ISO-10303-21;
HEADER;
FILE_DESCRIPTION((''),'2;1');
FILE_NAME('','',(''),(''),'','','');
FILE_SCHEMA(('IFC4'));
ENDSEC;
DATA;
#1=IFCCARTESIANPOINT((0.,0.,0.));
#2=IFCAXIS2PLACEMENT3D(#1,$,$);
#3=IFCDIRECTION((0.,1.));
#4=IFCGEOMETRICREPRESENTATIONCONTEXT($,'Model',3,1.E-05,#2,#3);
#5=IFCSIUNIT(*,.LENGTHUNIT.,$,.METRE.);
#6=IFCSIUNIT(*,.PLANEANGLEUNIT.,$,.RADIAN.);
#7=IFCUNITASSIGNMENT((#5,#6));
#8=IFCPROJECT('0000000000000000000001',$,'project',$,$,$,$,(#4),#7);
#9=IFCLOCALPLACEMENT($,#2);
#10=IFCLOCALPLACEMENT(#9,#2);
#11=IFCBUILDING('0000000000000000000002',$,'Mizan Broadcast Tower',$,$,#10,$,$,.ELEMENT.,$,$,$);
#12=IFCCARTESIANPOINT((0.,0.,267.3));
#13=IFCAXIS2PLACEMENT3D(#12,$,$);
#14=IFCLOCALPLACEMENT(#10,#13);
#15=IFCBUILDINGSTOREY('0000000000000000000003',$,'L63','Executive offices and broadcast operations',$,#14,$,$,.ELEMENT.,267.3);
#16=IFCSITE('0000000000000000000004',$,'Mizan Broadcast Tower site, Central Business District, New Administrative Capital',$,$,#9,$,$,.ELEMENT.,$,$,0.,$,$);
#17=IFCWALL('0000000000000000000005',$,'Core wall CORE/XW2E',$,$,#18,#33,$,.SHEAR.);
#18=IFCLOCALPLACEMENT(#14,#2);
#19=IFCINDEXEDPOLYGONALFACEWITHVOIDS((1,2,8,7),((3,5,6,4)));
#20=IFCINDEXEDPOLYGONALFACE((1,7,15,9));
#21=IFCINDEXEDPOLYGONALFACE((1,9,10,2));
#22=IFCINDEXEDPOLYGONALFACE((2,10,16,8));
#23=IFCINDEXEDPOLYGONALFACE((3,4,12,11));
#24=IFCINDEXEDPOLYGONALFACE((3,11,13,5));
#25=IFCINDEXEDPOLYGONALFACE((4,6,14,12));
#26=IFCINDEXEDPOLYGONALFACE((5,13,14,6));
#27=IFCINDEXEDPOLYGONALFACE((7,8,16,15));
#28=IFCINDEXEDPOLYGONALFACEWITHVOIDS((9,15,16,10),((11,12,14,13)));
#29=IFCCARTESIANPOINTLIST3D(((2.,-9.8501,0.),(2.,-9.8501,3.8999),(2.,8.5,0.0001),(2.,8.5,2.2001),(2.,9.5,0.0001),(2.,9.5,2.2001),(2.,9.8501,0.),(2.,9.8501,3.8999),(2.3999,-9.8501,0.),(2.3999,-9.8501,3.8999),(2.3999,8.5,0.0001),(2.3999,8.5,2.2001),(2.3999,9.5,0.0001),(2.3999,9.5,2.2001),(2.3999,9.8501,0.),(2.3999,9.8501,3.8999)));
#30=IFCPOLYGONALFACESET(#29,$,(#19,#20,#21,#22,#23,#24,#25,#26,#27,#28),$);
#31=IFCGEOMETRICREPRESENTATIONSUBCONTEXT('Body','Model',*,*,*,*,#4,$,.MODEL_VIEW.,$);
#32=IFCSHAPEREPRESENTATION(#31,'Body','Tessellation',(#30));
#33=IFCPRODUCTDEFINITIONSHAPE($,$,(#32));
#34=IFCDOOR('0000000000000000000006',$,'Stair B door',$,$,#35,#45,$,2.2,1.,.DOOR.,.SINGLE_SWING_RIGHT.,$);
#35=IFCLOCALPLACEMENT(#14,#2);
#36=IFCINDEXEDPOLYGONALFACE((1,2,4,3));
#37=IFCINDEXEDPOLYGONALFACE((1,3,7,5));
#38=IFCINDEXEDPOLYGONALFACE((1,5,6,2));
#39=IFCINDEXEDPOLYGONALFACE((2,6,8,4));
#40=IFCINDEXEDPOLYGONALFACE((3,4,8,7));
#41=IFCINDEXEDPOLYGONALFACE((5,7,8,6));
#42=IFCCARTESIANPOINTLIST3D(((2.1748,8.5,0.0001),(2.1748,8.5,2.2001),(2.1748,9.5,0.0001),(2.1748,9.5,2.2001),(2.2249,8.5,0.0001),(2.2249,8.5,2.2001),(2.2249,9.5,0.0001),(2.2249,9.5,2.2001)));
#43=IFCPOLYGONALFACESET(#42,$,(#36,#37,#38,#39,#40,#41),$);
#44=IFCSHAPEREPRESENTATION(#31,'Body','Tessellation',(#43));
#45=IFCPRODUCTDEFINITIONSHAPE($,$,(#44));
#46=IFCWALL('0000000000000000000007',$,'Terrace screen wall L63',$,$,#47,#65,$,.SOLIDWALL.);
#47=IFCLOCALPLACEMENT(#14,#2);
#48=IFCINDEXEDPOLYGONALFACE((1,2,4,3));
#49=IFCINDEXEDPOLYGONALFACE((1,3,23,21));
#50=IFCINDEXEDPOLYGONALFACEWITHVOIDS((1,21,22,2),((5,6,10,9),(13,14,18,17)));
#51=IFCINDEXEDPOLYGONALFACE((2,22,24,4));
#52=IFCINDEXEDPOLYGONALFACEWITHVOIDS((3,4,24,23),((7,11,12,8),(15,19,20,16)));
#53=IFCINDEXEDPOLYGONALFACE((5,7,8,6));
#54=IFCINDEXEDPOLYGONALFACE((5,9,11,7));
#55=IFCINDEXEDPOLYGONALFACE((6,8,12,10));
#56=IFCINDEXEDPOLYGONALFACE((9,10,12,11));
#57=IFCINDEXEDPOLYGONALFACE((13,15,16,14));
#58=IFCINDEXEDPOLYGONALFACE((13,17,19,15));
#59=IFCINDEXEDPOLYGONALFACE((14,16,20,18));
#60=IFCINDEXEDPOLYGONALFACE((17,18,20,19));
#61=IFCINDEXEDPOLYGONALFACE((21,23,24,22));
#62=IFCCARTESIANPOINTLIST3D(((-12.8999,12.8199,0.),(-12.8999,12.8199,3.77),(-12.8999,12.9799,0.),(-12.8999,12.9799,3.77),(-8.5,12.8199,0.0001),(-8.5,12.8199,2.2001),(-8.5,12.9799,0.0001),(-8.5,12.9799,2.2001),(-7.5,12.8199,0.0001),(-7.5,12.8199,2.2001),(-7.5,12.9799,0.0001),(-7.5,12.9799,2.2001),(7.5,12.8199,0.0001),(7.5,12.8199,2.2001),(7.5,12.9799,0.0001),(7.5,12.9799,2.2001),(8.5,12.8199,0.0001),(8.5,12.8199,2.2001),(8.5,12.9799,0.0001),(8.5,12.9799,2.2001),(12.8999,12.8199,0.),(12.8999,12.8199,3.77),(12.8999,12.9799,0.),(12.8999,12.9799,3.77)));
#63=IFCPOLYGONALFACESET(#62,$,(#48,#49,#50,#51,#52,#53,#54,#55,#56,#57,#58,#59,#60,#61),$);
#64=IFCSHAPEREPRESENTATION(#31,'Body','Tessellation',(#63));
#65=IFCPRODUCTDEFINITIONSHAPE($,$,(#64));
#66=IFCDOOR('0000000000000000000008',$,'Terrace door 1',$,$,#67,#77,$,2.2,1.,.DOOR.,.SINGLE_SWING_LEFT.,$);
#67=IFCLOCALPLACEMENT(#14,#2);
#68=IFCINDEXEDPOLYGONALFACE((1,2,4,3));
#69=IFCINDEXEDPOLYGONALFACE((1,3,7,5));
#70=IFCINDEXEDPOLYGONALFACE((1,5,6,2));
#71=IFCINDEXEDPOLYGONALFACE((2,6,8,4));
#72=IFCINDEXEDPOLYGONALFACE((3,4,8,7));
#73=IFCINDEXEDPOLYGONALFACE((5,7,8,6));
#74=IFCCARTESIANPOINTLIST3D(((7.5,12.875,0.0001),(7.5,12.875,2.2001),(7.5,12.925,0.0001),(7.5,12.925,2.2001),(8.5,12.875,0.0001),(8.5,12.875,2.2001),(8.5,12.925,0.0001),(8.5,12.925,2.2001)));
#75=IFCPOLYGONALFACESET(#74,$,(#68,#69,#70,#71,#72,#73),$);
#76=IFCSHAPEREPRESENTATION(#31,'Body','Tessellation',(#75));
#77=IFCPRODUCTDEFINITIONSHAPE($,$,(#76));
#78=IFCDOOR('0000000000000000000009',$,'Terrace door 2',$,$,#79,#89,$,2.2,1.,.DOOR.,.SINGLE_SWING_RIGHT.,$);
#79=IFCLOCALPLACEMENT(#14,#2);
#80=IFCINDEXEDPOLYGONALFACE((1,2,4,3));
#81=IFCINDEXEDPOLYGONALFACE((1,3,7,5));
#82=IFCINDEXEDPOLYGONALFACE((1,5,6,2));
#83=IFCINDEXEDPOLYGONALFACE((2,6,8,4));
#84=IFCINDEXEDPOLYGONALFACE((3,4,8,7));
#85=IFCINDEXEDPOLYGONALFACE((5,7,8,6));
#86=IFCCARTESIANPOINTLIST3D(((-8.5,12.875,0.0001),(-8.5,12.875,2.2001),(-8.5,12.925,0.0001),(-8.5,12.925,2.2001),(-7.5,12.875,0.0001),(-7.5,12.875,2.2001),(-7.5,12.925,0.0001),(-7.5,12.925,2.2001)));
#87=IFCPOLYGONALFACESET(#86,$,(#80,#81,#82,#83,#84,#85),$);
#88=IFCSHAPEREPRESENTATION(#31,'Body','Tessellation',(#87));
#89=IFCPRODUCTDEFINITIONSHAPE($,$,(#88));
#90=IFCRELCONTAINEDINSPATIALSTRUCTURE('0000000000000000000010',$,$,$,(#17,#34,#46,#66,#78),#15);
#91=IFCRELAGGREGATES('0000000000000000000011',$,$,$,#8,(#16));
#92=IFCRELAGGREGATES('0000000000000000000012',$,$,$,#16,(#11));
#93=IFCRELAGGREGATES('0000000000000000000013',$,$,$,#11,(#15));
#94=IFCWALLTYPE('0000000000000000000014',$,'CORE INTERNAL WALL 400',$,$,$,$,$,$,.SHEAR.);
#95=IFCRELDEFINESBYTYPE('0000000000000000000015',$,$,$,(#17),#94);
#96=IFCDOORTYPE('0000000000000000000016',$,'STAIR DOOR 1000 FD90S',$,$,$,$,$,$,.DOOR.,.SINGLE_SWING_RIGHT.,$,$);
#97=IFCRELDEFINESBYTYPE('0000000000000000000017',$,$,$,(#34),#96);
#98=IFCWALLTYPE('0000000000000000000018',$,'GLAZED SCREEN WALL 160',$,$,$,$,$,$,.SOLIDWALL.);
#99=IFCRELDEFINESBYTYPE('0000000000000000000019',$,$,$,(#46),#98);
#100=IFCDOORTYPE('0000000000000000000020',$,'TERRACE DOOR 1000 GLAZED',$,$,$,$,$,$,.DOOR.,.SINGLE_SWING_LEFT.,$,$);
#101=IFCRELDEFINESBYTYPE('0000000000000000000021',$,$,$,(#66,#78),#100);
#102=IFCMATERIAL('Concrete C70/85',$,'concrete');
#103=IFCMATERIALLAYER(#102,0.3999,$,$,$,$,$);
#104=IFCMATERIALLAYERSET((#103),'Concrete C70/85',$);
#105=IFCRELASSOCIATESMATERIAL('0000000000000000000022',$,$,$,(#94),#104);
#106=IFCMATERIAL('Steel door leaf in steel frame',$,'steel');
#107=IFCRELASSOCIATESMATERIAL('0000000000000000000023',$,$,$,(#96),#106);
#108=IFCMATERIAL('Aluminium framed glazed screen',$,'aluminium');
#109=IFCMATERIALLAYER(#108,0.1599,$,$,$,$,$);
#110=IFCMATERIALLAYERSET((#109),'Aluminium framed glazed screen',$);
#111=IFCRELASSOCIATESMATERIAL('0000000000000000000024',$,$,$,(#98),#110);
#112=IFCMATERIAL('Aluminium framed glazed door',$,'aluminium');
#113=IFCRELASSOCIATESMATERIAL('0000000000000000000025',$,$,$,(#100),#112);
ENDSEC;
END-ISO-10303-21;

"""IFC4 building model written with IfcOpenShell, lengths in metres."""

from ifc_helpers import new_model, si_unit, direction, frame, frame_2d, origin, place, context, subcontext, project, spatial, rectangle, extrude, material, layer, layer_set, type_object, element, fill, save


model = new_model("IFC4")

# Units and contexts
model_context = context("Model", 3, precision=1e-05, world=origin(), true_north=direction((0.0, 1.0)))
body_context = subcontext(model_context, "Body", "Model", "MODEL_VIEW")
ifc_project = project(units=[si_unit("LENGTHUNIT", "METRE"), si_unit("PLANEANGLEUNIT", "RADIAN")], contexts=[model_context])

# Site, building, storey
site_placement = place(None, origin())
site = spatial("IfcSite", under=ifc_project, at=site_placement, Name="Mizan Broadcast Tower site, Central Business District, New Administrative Capital", CompositionType="ELEMENT", RefElevation=0.0)
building_placement = place(site_placement, origin())
building = spatial("IfcBuilding", under=site, at=building_placement, Name="Mizan Broadcast Tower", CompositionType="ELEMENT")
storey_placement = place(building_placement, frame((0.0, 0.0, 267.3)))
storey = spatial("IfcBuildingStorey", under=building, at=storey_placement, Name="L63", Description="Executive offices and broadcast operations", CompositionType="ELEMENT", Elevation=267.3)

# Shared definitions
ifc_material_1 = material(Name="Concrete C70/85", Category="concrete")
ifc_layer_1 = layer(ifc_material_1, 0.3999)
ifc_layer_set_1 = layer_set([ifc_layer_1], Name="Concrete C70/85")
wall_type_1 = type_object("IfcWallType", Name="CORE INTERNAL WALL 400", PredefinedType="SHEAR", material=ifc_layer_set_1)

# Wall, opening, door
wall_1_placement = place(storey_placement, frame((2.2, 9.8501, 0.0), z_axis=(0.0, 0.0, 1.0), x_axis=(0.0, -1.0, 0.0)))
wall_1 = element("IfcWall", 1, at=wall_1_placement, inside=storey, type_object=wall_type_1, Name="Core wall CORE/XW2E", PredefinedType="SHEAR", context=body_context, shape_type="SweptSolid", body=[
    extrude(rectangle(XDim=19.7002, YDim=0.3999, at=frame_2d((9.8501, 0.0))), origin(), (0.0, 0.0, 1.0), 3.8999),
])
opening_1_placement = place(wall_1_placement, frame((0.3501, 0.0, 0.0)))
opening_1 = element("IfcOpeningElement", 2, at=opening_1_placement, cuts=wall_1, PredefinedType="OPENING", context=body_context, shape_type="SweptSolid", body=[
    extrude(rectangle(XDim=1.0, YDim=2.2, at=frame_2d((0.5, 1.1001))), frame((0.0, 0.21, 0.0), z_axis=(0.0, -1.0, 0.0), x_axis=(1.0, 0.0, 0.0)), (0.0, 0.0, 1.0), 0.4199),
])
ifc_material_2 = material(Name="Steel door leaf in steel frame", Category="steel")
door_type_1 = type_object("IfcDoorType", Name="STAIR DOOR 1000 FD90S", OperationType="SINGLE_SWING_RIGHT", PredefinedType="DOOR", material=ifc_material_2)
door_1_placement = place(opening_1_placement, origin())
door_1 = element("IfcDoor", 3, at=door_1_placement, inside=storey, type_object=door_type_1, Name="Stair B door", OperationType="SINGLE_SWING_RIGHT", OverallHeight=2.2, OverallWidth=1.0, PredefinedType="DOOR", context=body_context, shape_type="SweptSolid", body=[
    extrude(rectangle(XDim=1.0, YDim=2.2, at=frame_2d((0.5, 1.1001))), frame((0.0, 0.0249, 0.0), z_axis=(0.0, -1.0, 0.0), x_axis=(1.0, 0.0, 0.0)), (0.0, 0.0, 1.0), 0.05),
])
fill(opening_1, door_1)

# Wall, openings, doors
ifc_material_3 = material(Name="Aluminium framed glazed screen", Category="aluminium")
ifc_layer_2 = layer(ifc_material_3, 0.1599)
ifc_layer_set_2 = layer_set([ifc_layer_2], Name="Aluminium framed glazed screen")
wall_type_2 = type_object("IfcWallType", Name="GLAZED SCREEN WALL 160", PredefinedType="SOLIDWALL", material=ifc_layer_set_2)
wall_2_placement = place(storey_placement, frame((12.8999, 12.8999, 0.0), z_axis=(0.0, 0.0, 1.0), x_axis=(-1.0, 0.0, 0.0)))
wall_2 = element("IfcWall", 4, at=wall_2_placement, inside=storey, type_object=wall_type_2, Name="Terrace screen wall L63", PredefinedType="SOLIDWALL", context=body_context, shape_type="SweptSolid", body=[
    extrude(rectangle(XDim=25.7998, YDim=0.1599, at=frame_2d((12.8999, 0.0))), origin(), (0.0, 0.0, 1.0), 3.77),
])
opening_2_placement = place(wall_2_placement, frame((4.3999, 0.0, 0.0)))
opening_2 = element("IfcOpeningElement", 5, at=opening_2_placement, cuts=wall_2, PredefinedType="OPENING", context=body_context, shape_type="SweptSolid", body=[
    extrude(rectangle(XDim=1.0, YDim=2.2, at=frame_2d((0.5, 1.1001))), frame((0.0, 0.0898, 0.0), z_axis=(0.0, -1.0, 0.0), x_axis=(1.0, 0.0, 0.0)), (0.0, 0.0, 1.0), 0.1799),
])
opening_3_placement = place(wall_2_placement, frame((20.3999, 0.0, 0.0)))
opening_3 = element("IfcOpeningElement", 6, at=opening_3_placement, cuts=wall_2, PredefinedType="OPENING", context=body_context, shape_type="SweptSolid", body=[
    extrude(rectangle(XDim=1.0, YDim=2.2, at=frame_2d((0.5, 1.1001))), frame((0.0, 0.0898, 0.0), z_axis=(0.0, -1.0, 0.0), x_axis=(1.0, 0.0, 0.0)), (0.0, 0.0, 1.0), 0.1799),
])
ifc_material_4 = material(Name="Aluminium framed glazed door", Category="aluminium")
door_type_2 = type_object("IfcDoorType", Name="TERRACE DOOR 1000 GLAZED", OperationType="SINGLE_SWING_LEFT", PredefinedType="DOOR", material=ifc_material_4)
door_2_placement = place(opening_2_placement, origin())
door_2 = element("IfcDoor", 7, at=door_2_placement, inside=storey, type_object=door_type_2, Name="Terrace door 1", OperationType="SINGLE_SWING_LEFT", OverallHeight=2.2, OverallWidth=1.0, PredefinedType="DOOR", context=body_context, shape_type="SweptSolid", body=[
    extrude(rectangle(XDim=1.0, YDim=2.2, at=frame_2d((0.5, 1.1001))), frame((0.0, 0.0249, 0.0), z_axis=(0.0, -1.0, 0.0), x_axis=(1.0, 0.0, 0.0)), (0.0, 0.0, 1.0), 0.05),
])
fill(opening_2, door_2)
door_3_placement = place(opening_3_placement, origin())
door_3 = element("IfcDoor", 8, at=door_3_placement, inside=storey, type_object=door_type_2, Name="Terrace door 2", OperationType="SINGLE_SWING_RIGHT", OverallHeight=2.2, OverallWidth=1.0, PredefinedType="DOOR", context=body_context, shape_type="SweptSolid", body=[
    extrude(rectangle(XDim=1.0, YDim=2.2, at=frame_2d((0.5, 1.1001))), frame((0.0, 0.0249, 0.0), z_axis=(0.0, -1.0, 0.0), x_axis=(1.0, 0.0, 0.0)), (0.0, 0.0, 1.0), 0.05),
])
fill(opening_3, door_3)

save(model, "model.ifc")
